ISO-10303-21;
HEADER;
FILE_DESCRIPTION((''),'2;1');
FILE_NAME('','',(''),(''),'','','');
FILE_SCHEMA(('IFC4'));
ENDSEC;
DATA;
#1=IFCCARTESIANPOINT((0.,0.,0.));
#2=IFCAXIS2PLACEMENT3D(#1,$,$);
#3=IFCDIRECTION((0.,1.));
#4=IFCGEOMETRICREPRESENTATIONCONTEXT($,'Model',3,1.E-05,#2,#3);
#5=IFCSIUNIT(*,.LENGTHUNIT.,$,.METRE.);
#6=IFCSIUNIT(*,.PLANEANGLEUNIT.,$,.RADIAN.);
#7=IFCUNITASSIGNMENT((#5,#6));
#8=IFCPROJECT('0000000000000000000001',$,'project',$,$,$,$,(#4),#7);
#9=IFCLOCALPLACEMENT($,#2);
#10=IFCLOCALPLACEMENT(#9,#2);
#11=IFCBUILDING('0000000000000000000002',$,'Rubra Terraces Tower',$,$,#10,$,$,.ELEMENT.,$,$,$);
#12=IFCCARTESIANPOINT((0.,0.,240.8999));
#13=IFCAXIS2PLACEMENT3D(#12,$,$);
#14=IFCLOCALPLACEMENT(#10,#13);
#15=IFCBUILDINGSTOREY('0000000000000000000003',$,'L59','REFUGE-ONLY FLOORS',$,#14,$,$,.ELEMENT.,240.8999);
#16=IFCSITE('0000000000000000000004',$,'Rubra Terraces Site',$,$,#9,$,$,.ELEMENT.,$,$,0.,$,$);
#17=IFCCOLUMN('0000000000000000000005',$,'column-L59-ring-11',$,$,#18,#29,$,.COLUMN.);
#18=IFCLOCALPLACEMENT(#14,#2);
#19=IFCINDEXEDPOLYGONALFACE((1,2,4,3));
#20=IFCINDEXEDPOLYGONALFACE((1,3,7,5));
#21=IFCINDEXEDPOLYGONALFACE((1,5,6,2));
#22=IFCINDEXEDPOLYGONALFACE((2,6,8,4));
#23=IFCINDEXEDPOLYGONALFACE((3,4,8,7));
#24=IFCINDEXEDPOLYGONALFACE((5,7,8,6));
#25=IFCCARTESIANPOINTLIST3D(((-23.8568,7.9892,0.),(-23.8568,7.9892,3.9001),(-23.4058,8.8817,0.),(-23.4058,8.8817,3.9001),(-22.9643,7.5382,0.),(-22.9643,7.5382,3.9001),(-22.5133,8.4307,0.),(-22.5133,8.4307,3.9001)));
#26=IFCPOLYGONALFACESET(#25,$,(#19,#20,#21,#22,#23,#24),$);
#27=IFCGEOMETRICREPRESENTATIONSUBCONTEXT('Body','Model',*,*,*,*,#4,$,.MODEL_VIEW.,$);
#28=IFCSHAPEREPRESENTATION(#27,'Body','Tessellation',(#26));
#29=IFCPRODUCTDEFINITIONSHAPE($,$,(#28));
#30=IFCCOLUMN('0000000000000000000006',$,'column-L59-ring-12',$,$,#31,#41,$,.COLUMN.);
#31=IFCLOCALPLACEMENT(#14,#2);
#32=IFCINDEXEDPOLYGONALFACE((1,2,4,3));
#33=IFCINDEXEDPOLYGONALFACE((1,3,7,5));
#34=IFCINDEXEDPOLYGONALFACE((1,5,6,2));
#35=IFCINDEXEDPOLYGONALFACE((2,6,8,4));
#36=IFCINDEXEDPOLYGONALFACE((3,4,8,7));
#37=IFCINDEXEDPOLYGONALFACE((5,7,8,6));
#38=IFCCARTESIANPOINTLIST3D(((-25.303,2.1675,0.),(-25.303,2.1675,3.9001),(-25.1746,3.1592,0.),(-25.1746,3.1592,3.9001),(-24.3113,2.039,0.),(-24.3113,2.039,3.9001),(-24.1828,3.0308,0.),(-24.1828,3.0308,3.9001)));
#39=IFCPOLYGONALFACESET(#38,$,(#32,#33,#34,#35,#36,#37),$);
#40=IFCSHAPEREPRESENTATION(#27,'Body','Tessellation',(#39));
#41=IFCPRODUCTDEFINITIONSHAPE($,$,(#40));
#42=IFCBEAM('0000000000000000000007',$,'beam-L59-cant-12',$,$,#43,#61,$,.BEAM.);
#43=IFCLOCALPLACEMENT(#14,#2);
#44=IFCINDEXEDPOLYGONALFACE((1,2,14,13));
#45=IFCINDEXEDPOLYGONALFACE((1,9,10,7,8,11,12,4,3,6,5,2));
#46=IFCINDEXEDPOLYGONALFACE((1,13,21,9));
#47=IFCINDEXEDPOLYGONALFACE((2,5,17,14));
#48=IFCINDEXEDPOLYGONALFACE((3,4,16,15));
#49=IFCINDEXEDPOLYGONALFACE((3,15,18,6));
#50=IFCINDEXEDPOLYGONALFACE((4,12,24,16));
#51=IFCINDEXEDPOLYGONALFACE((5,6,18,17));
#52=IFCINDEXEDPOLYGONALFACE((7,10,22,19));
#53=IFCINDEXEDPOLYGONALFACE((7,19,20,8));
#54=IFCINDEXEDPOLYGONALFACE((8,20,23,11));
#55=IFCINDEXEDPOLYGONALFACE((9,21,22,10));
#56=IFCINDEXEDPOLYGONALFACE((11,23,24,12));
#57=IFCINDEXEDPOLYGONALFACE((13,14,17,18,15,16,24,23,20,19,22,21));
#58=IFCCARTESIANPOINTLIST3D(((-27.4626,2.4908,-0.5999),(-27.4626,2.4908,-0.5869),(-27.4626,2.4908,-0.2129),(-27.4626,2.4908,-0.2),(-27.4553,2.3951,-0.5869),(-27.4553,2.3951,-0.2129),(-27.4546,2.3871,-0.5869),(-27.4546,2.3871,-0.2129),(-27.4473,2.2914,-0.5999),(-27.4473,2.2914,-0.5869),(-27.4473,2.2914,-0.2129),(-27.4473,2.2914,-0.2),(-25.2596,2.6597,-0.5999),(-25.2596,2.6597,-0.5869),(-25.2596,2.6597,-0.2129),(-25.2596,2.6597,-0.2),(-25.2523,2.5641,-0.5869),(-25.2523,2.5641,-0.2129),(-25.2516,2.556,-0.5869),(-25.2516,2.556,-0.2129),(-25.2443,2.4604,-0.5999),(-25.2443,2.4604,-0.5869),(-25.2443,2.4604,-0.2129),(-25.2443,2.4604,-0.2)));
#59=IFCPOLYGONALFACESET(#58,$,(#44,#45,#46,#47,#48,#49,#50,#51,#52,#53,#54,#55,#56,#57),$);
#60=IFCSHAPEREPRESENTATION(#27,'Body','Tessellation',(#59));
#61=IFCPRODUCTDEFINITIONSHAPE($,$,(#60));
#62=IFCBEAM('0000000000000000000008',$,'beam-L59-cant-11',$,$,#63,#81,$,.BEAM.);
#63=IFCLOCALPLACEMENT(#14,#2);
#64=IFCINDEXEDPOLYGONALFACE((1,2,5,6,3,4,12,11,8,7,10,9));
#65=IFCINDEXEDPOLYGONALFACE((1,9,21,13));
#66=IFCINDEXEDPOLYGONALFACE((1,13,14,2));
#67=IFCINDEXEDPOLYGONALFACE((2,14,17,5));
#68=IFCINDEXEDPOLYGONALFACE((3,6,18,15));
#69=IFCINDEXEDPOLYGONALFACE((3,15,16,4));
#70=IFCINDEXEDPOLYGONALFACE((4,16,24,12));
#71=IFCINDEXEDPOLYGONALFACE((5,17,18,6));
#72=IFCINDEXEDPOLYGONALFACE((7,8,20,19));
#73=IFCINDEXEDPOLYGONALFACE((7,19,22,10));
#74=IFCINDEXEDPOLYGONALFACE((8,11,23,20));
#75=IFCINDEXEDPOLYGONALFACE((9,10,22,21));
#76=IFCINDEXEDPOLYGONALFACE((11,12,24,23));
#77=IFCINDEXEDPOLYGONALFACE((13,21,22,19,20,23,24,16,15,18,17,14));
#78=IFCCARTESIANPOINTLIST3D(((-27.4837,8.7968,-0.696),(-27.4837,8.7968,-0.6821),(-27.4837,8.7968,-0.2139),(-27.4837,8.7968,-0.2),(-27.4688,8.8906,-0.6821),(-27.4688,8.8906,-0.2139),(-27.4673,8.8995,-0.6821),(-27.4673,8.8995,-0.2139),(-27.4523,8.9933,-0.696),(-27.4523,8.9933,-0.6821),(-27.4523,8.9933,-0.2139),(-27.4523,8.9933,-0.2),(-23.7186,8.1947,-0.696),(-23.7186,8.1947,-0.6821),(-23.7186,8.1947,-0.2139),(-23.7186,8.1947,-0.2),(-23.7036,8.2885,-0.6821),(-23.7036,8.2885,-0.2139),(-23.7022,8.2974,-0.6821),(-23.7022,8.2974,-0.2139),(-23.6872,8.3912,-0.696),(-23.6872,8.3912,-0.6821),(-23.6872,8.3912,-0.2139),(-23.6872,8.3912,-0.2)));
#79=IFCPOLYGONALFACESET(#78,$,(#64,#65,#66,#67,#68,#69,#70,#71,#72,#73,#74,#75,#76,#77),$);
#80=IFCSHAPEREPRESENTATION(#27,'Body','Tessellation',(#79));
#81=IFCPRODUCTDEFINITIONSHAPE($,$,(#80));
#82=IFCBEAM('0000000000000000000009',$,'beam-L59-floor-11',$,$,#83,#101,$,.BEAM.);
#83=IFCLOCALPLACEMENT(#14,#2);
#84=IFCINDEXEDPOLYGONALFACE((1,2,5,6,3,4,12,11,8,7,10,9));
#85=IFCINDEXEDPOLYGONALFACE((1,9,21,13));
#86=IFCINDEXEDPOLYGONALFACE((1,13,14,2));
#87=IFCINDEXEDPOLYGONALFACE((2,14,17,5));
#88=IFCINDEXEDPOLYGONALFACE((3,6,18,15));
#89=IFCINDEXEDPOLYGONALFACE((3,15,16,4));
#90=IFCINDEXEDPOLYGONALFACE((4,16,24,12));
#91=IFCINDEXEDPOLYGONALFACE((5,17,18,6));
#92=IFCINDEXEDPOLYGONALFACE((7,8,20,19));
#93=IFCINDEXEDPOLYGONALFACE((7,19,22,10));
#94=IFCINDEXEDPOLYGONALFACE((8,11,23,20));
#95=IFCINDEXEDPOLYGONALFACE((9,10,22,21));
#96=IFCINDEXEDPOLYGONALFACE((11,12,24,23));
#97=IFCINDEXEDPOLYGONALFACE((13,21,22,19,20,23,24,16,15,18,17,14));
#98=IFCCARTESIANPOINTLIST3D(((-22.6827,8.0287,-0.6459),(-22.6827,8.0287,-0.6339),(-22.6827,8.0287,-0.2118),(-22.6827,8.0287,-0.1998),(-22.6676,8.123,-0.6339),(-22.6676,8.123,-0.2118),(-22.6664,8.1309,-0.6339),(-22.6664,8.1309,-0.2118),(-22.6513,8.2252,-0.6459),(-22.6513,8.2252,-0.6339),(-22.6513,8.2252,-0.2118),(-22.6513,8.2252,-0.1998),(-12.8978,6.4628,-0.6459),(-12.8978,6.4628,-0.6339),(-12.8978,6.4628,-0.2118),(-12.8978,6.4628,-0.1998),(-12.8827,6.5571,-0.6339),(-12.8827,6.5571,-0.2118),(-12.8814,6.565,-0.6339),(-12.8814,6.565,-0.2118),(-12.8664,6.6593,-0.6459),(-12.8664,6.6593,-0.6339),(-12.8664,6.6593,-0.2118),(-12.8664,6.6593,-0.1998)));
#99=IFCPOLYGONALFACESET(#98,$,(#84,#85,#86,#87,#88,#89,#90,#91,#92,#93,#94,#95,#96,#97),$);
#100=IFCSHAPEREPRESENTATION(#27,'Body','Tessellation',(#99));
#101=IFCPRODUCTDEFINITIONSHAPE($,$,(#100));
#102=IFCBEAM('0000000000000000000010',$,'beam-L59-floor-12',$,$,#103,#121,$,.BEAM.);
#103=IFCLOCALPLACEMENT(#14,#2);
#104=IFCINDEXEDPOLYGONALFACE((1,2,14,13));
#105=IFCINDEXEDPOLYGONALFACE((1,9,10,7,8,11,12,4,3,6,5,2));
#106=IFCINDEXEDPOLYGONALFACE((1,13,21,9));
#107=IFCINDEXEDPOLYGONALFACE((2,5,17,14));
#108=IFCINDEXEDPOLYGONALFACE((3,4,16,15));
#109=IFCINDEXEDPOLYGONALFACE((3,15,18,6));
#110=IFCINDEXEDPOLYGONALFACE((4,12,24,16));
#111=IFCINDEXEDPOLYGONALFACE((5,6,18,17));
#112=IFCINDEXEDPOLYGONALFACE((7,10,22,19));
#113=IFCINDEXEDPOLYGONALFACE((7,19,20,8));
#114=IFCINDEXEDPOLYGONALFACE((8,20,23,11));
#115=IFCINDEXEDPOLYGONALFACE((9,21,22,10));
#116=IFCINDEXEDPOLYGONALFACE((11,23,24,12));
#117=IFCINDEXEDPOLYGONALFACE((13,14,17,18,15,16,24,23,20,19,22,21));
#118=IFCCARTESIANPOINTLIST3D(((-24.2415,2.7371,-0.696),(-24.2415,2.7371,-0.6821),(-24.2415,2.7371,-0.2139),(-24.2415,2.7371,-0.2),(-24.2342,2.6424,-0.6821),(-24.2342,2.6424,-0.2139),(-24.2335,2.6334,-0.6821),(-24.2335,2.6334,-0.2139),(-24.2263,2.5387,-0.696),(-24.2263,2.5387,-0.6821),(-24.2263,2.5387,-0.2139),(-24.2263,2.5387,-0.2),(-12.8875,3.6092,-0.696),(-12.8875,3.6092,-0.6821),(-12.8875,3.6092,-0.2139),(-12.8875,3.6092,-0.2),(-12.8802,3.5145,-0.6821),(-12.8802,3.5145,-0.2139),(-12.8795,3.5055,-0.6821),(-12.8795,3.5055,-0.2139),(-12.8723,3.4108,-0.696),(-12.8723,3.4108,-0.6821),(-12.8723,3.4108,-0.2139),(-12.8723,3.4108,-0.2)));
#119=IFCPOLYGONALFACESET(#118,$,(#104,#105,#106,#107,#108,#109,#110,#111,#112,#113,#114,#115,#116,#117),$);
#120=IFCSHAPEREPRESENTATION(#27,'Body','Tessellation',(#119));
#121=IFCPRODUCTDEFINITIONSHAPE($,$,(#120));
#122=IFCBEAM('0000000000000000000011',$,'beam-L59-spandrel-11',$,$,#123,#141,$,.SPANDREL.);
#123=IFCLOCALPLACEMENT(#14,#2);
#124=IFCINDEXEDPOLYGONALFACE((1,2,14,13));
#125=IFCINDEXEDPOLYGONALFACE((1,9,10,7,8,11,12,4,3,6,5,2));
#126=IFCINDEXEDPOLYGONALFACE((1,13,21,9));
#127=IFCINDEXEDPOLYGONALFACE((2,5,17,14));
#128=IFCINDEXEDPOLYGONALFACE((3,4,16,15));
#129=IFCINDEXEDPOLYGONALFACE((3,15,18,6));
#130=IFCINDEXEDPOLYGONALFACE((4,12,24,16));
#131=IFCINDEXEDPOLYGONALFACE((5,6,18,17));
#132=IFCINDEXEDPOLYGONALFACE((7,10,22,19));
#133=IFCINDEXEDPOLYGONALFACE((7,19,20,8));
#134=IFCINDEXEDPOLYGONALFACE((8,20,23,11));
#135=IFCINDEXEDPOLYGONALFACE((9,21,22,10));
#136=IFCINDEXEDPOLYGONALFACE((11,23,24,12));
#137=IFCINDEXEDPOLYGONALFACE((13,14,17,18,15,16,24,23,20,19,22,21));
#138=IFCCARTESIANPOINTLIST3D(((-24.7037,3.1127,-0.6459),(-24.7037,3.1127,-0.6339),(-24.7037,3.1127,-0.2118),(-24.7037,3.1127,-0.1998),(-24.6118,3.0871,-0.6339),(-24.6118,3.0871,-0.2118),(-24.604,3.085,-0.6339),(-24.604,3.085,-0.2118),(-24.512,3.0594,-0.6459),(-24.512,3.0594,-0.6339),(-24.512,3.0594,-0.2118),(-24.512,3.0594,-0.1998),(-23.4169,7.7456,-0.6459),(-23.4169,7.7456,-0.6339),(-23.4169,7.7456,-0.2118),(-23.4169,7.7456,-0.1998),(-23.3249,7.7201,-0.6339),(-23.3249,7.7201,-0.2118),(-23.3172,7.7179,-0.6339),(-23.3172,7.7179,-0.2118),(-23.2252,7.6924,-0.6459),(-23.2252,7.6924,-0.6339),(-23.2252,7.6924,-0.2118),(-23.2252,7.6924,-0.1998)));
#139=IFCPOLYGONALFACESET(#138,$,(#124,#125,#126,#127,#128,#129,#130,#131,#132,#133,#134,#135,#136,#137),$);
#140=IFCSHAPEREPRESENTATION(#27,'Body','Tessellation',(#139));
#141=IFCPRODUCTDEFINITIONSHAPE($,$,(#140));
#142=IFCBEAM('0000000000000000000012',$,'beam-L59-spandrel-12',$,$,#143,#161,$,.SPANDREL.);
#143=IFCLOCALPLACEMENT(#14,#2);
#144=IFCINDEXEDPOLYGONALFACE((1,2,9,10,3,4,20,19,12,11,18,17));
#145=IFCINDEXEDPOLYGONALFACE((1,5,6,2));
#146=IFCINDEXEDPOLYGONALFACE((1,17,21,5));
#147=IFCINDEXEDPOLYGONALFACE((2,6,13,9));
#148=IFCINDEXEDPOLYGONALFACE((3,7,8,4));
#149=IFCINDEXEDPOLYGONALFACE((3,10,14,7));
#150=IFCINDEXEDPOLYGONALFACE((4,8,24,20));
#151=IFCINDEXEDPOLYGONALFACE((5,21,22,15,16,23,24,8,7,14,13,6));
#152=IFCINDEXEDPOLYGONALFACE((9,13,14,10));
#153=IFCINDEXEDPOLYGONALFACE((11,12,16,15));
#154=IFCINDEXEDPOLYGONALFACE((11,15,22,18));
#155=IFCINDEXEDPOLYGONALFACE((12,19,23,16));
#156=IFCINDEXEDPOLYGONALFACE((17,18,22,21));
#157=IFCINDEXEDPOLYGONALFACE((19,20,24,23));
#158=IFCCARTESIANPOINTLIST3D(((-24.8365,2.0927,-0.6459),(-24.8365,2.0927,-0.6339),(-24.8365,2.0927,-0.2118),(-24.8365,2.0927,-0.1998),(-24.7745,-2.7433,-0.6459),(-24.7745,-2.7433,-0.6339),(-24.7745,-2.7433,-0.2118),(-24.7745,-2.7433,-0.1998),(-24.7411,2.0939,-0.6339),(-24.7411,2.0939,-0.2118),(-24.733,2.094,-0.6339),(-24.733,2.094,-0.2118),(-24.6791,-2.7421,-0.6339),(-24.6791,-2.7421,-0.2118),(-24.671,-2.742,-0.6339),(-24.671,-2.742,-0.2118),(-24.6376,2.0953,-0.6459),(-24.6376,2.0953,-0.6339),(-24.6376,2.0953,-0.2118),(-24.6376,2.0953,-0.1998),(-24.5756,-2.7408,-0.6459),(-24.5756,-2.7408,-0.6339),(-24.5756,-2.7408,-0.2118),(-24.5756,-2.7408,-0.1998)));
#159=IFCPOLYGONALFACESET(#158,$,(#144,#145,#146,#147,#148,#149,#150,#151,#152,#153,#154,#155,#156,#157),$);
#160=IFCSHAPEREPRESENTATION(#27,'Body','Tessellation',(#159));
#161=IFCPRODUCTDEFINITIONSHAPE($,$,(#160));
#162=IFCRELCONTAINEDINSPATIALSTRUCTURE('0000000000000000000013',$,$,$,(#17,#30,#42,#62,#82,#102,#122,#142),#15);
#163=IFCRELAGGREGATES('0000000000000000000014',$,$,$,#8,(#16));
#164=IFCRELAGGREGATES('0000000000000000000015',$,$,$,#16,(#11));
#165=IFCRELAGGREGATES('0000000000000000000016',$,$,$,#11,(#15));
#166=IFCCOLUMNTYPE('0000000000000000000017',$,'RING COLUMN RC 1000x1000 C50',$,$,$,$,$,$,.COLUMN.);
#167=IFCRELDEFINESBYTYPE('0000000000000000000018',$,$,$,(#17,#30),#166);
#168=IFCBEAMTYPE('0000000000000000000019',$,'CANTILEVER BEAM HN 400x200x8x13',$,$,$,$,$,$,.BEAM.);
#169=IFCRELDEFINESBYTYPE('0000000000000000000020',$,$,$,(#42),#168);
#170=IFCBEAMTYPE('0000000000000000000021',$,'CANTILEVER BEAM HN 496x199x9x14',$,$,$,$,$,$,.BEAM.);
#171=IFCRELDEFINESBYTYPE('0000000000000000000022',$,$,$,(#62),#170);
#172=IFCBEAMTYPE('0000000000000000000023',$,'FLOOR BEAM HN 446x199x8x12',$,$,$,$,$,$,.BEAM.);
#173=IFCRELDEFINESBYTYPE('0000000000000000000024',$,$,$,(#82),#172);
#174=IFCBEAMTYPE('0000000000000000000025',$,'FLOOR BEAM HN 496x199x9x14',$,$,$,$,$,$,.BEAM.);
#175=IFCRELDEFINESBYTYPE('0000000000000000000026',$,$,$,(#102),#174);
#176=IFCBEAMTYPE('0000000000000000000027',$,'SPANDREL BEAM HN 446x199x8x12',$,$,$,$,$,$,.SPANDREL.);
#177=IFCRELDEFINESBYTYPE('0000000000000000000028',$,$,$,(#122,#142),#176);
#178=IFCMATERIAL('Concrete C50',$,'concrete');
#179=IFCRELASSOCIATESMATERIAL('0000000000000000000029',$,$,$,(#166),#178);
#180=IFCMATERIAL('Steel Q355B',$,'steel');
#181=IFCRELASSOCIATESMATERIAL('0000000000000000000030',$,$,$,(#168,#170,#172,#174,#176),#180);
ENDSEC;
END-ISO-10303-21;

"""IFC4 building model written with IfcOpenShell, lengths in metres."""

from ifc_helpers import new_model, si_unit, direction, frame, origin, origin_2d, place, context, subcontext, project, spatial, rectangle, i_section, extrude, material, material_profile, profile_set, type_object, element, save


model = new_model("IFC4")

# Units and contexts
model_context = context("Model", 3, precision=1e-05, world=origin(), true_north=direction((0.0, 1.0)))
body_context = subcontext(model_context, "Body", "Model", "MODEL_VIEW")
ifc_project = project(units=[si_unit("LENGTHUNIT", "METRE"), si_unit("PLANEANGLEUNIT", "RADIAN")], contexts=[model_context])

# Site, building, storey
site_placement = place(None, origin())
site = spatial("IfcSite", under=ifc_project, at=site_placement, Name="Rubra Terraces Site", CompositionType="ELEMENT", RefElevation=0.0)
building_placement = place(site_placement, origin())
building = spatial("IfcBuilding", under=site, at=building_placement, Name="Rubra Terraces Tower", CompositionType="ELEMENT")
storey_placement = place(building_placement, frame((0.0, 0.0, 240.8999)))
storey = spatial("IfcBuildingStorey", under=building, at=storey_placement, Name="L59", Description="REFUGE-ONLY FLOORS", CompositionType="ELEMENT", Elevation=240.8999)

# Columns
ifc_material_1 = material(Name="Concrete C50", Category="concrete")
ifc_material_profile_1 = material_profile(ifc_material_1, rectangle(XDim=1.0, YDim=1.0, at=origin_2d()), Name="RC 1000x1000")
ifc_profile_set_1 = profile_set([ifc_material_profile_1], Name="Concrete C50")
column_type = type_object("IfcColumnType", Name="RING COLUMN RC 1000x1000 C50", PredefinedType="COLUMN", material=ifc_profile_set_1)
for number, where, z_axis, x_axis, name in (
    (1, (-23.1851, 8.21, 0.0), (0.0, 0.0, 1.0), (-0.451028, -0.89251, 0.0), "column-L59-ring-11"),
    (2, (-24.7429, 2.5991, 0.0), (0.0, 0.0, 1.0), (-0.128444, -0.991717, 0.0), "column-L59-ring-12"),
):
    element("IfcColumn", number, at=place(storey_placement, frame(where, z_axis=z_axis, x_axis=x_axis)), inside=storey, type_object=column_type, Name=name, PredefinedType="COLUMN", context=body_context, shape_type="SweptSolid", body=[
        extrude(rectangle(XDim=1.0, YDim=1.0, at=origin_2d()), origin(), (0.0, 0.0, 1.0), 3.9001),
    ])

# Beams
ifc_material_2 = material(Name="Steel Q355B", Category="steel")
ifc_material_profile_2 = material_profile(ifc_material_2, i_section(OverallWidth=0.2, OverallDepth=0.3999, WebThickness=0.0081, FlangeThickness=0.0129, at=origin_2d()), Name="HN 400x200x8x13")
ifc_profile_set_2 = profile_set([ifc_material_profile_2], Name="Steel Q355B")
beam_type_1 = type_object("IfcBeamType", Name="CANTILEVER BEAM HN 400x200x8x13", PredefinedType="BEAM", material=ifc_profile_set_2)
beam_1_placement = place(storey_placement, frame((-25.252, 2.5601, -0.3999), z_axis=(-0.997073, -0.07646, 0.0), x_axis=(0.07646, -0.997073, 0.0)))
element("IfcBeam", 3, at=beam_1_placement, inside=storey, type_object=beam_type_1, Name="beam-L59-cant-12", PredefinedType="BEAM", context=body_context, shape_type="SweptSolid", body=[
    extrude(i_section(OverallWidth=0.2, OverallDepth=0.3999, WebThickness=0.0081, FlangeThickness=0.0129, at=origin_2d()), origin(), (0.0, 0.0, 1.0), 2.2095),
])
ifc_material_profile_3 = material_profile(ifc_material_2, i_section(OverallWidth=0.199, OverallDepth=0.4961, WebThickness=0.009, FlangeThickness=0.0139, at=origin_2d()), Name="HN 496x199x9x14")
ifc_profile_set_3 = profile_set([ifc_material_profile_3], Name="Steel Q355B")
beam_type_2 = type_object("IfcBeamType", Name="CANTILEVER BEAM HN 496x199x9x14", PredefinedType="BEAM", material=ifc_profile_set_3)
beam_2_placement = place(storey_placement, frame((-23.7029, 8.293, -0.448), z_axis=(-0.987456, 0.157896, 0.0), x_axis=(-0.157896, -0.987456, 0.0)))
element("IfcBeam", 4, at=beam_2_placement, inside=storey, type_object=beam_type_2, Name="beam-L59-cant-11", PredefinedType="BEAM", context=body_context, shape_type="SweptSolid", body=[
    extrude(i_section(OverallWidth=0.199, OverallDepth=0.4961, WebThickness=0.009, FlangeThickness=0.0139, at=origin_2d()), origin(), (0.0, 0.0, 1.0), 3.813),
])
ifc_material_profile_4 = material_profile(ifc_material_2, i_section(OverallWidth=0.199, OverallDepth=0.446, WebThickness=0.0081, FlangeThickness=0.012, at=origin_2d()), Name="HN 446x199x8x12")
ifc_profile_set_4 = profile_set([ifc_material_profile_4], Name="Steel Q355B")
beam_type_3 = type_object("IfcBeamType", Name="FLOOR BEAM HN 446x199x8x12", PredefinedType="BEAM", material=ifc_profile_set_4)
beam_3_placement = place(storey_placement, frame((-22.667, 8.127, -0.4229), z_axis=(0.987435, -0.158023, 0.0), x_axis=(0.158023, 0.987435, 0.0)))
element("IfcBeam", 5, at=beam_3_placement, inside=storey, type_object=beam_type_3, Name="beam-L59-floor-11", PredefinedType="BEAM", context=body_context, shape_type="SweptSolid", body=[
    extrude(i_section(OverallWidth=0.199, OverallDepth=0.446, WebThickness=0.0081, FlangeThickness=0.012, at=origin_2d()), origin(), (0.0, 0.0, 1.0), 9.9094),
])
ifc_material_profile_5 = material_profile(ifc_material_2, i_section(OverallWidth=0.199, OverallDepth=0.4961, WebThickness=0.009, FlangeThickness=0.0139, at=origin_2d()), Name="HN 496x199x9x14")
ifc_profile_set_5 = profile_set([ifc_material_profile_5], Name="Steel Q355B")
beam_type_4 = type_object("IfcBeamType", Name="FLOOR BEAM HN 496x199x9x14", PredefinedType="BEAM", material=ifc_profile_set_5)
beam_4_placement = place(storey_placement, frame((-24.2339, 2.6379, -0.448), z_axis=(0.997063, 0.076582, 0.0), x_axis=(-0.076582, 0.997063, 0.0)))
element("IfcBeam", 6, at=beam_4_placement, inside=storey, type_object=beam_type_4, Name="beam-L59-floor-12", PredefinedType="BEAM", context=body_context, shape_type="SweptSolid", body=[
    extrude(i_section(OverallWidth=0.199, OverallDepth=0.4961, WebThickness=0.009, FlangeThickness=0.0139, at=origin_2d()), origin(), (0.0, 0.0, 1.0), 11.3875),
])
ifc_material_profile_6 = material_profile(ifc_material_2, i_section(OverallWidth=0.199, OverallDepth=0.446, WebThickness=0.0081, FlangeThickness=0.012, at=origin_2d()), Name="HN 446x199x8x12")
ifc_profile_set_6 = profile_set([ifc_material_profile_6], Name="Steel Q355B")
beam_type_5 = type_object("IfcBeamType", Name="SPANDREL BEAM HN 446x199x8x12", PredefinedType="SPANDREL", material=ifc_profile_set_6)
beam_5_placement = place(storey_placement, frame((-23.321, 7.719, -0.4229), z_axis=(-0.267626, -0.963523, 0.0), x_axis=(0.963523, -0.267626, 0.0)))
element("IfcBeam", 7, at=beam_5_placement, inside=storey, type_object=beam_type_5, Name="beam-L59-spandrel-11", PredefinedType="SPANDREL", context=body_context, shape_type="SweptSolid", body=[
    extrude(i_section(OverallWidth=0.199, OverallDepth=0.446, WebThickness=0.0081, FlangeThickness=0.012, at=origin_2d()), origin(), (0.0, 0.0, 1.0), 4.8083),
])
beam_6_placement = place(storey_placement, frame((-24.7371, 2.094, -0.4229), z_axis=(0.012822, -0.999918, 0.0), x_axis=(0.999918, 0.012822, 0.0)))
element("IfcBeam", 8, at=beam_6_placement, inside=storey, type_object=beam_type_5, Name="beam-L59-spandrel-12", PredefinedType="SPANDREL", context=body_context, shape_type="SweptSolid", body=[
    extrude(i_section(OverallWidth=0.199, OverallDepth=0.446, WebThickness=0.0081, FlangeThickness=0.012, at=origin_2d()), origin(), (0.0, 0.0, 1.0), 4.8364),
])

save(model, "model.ifc")
